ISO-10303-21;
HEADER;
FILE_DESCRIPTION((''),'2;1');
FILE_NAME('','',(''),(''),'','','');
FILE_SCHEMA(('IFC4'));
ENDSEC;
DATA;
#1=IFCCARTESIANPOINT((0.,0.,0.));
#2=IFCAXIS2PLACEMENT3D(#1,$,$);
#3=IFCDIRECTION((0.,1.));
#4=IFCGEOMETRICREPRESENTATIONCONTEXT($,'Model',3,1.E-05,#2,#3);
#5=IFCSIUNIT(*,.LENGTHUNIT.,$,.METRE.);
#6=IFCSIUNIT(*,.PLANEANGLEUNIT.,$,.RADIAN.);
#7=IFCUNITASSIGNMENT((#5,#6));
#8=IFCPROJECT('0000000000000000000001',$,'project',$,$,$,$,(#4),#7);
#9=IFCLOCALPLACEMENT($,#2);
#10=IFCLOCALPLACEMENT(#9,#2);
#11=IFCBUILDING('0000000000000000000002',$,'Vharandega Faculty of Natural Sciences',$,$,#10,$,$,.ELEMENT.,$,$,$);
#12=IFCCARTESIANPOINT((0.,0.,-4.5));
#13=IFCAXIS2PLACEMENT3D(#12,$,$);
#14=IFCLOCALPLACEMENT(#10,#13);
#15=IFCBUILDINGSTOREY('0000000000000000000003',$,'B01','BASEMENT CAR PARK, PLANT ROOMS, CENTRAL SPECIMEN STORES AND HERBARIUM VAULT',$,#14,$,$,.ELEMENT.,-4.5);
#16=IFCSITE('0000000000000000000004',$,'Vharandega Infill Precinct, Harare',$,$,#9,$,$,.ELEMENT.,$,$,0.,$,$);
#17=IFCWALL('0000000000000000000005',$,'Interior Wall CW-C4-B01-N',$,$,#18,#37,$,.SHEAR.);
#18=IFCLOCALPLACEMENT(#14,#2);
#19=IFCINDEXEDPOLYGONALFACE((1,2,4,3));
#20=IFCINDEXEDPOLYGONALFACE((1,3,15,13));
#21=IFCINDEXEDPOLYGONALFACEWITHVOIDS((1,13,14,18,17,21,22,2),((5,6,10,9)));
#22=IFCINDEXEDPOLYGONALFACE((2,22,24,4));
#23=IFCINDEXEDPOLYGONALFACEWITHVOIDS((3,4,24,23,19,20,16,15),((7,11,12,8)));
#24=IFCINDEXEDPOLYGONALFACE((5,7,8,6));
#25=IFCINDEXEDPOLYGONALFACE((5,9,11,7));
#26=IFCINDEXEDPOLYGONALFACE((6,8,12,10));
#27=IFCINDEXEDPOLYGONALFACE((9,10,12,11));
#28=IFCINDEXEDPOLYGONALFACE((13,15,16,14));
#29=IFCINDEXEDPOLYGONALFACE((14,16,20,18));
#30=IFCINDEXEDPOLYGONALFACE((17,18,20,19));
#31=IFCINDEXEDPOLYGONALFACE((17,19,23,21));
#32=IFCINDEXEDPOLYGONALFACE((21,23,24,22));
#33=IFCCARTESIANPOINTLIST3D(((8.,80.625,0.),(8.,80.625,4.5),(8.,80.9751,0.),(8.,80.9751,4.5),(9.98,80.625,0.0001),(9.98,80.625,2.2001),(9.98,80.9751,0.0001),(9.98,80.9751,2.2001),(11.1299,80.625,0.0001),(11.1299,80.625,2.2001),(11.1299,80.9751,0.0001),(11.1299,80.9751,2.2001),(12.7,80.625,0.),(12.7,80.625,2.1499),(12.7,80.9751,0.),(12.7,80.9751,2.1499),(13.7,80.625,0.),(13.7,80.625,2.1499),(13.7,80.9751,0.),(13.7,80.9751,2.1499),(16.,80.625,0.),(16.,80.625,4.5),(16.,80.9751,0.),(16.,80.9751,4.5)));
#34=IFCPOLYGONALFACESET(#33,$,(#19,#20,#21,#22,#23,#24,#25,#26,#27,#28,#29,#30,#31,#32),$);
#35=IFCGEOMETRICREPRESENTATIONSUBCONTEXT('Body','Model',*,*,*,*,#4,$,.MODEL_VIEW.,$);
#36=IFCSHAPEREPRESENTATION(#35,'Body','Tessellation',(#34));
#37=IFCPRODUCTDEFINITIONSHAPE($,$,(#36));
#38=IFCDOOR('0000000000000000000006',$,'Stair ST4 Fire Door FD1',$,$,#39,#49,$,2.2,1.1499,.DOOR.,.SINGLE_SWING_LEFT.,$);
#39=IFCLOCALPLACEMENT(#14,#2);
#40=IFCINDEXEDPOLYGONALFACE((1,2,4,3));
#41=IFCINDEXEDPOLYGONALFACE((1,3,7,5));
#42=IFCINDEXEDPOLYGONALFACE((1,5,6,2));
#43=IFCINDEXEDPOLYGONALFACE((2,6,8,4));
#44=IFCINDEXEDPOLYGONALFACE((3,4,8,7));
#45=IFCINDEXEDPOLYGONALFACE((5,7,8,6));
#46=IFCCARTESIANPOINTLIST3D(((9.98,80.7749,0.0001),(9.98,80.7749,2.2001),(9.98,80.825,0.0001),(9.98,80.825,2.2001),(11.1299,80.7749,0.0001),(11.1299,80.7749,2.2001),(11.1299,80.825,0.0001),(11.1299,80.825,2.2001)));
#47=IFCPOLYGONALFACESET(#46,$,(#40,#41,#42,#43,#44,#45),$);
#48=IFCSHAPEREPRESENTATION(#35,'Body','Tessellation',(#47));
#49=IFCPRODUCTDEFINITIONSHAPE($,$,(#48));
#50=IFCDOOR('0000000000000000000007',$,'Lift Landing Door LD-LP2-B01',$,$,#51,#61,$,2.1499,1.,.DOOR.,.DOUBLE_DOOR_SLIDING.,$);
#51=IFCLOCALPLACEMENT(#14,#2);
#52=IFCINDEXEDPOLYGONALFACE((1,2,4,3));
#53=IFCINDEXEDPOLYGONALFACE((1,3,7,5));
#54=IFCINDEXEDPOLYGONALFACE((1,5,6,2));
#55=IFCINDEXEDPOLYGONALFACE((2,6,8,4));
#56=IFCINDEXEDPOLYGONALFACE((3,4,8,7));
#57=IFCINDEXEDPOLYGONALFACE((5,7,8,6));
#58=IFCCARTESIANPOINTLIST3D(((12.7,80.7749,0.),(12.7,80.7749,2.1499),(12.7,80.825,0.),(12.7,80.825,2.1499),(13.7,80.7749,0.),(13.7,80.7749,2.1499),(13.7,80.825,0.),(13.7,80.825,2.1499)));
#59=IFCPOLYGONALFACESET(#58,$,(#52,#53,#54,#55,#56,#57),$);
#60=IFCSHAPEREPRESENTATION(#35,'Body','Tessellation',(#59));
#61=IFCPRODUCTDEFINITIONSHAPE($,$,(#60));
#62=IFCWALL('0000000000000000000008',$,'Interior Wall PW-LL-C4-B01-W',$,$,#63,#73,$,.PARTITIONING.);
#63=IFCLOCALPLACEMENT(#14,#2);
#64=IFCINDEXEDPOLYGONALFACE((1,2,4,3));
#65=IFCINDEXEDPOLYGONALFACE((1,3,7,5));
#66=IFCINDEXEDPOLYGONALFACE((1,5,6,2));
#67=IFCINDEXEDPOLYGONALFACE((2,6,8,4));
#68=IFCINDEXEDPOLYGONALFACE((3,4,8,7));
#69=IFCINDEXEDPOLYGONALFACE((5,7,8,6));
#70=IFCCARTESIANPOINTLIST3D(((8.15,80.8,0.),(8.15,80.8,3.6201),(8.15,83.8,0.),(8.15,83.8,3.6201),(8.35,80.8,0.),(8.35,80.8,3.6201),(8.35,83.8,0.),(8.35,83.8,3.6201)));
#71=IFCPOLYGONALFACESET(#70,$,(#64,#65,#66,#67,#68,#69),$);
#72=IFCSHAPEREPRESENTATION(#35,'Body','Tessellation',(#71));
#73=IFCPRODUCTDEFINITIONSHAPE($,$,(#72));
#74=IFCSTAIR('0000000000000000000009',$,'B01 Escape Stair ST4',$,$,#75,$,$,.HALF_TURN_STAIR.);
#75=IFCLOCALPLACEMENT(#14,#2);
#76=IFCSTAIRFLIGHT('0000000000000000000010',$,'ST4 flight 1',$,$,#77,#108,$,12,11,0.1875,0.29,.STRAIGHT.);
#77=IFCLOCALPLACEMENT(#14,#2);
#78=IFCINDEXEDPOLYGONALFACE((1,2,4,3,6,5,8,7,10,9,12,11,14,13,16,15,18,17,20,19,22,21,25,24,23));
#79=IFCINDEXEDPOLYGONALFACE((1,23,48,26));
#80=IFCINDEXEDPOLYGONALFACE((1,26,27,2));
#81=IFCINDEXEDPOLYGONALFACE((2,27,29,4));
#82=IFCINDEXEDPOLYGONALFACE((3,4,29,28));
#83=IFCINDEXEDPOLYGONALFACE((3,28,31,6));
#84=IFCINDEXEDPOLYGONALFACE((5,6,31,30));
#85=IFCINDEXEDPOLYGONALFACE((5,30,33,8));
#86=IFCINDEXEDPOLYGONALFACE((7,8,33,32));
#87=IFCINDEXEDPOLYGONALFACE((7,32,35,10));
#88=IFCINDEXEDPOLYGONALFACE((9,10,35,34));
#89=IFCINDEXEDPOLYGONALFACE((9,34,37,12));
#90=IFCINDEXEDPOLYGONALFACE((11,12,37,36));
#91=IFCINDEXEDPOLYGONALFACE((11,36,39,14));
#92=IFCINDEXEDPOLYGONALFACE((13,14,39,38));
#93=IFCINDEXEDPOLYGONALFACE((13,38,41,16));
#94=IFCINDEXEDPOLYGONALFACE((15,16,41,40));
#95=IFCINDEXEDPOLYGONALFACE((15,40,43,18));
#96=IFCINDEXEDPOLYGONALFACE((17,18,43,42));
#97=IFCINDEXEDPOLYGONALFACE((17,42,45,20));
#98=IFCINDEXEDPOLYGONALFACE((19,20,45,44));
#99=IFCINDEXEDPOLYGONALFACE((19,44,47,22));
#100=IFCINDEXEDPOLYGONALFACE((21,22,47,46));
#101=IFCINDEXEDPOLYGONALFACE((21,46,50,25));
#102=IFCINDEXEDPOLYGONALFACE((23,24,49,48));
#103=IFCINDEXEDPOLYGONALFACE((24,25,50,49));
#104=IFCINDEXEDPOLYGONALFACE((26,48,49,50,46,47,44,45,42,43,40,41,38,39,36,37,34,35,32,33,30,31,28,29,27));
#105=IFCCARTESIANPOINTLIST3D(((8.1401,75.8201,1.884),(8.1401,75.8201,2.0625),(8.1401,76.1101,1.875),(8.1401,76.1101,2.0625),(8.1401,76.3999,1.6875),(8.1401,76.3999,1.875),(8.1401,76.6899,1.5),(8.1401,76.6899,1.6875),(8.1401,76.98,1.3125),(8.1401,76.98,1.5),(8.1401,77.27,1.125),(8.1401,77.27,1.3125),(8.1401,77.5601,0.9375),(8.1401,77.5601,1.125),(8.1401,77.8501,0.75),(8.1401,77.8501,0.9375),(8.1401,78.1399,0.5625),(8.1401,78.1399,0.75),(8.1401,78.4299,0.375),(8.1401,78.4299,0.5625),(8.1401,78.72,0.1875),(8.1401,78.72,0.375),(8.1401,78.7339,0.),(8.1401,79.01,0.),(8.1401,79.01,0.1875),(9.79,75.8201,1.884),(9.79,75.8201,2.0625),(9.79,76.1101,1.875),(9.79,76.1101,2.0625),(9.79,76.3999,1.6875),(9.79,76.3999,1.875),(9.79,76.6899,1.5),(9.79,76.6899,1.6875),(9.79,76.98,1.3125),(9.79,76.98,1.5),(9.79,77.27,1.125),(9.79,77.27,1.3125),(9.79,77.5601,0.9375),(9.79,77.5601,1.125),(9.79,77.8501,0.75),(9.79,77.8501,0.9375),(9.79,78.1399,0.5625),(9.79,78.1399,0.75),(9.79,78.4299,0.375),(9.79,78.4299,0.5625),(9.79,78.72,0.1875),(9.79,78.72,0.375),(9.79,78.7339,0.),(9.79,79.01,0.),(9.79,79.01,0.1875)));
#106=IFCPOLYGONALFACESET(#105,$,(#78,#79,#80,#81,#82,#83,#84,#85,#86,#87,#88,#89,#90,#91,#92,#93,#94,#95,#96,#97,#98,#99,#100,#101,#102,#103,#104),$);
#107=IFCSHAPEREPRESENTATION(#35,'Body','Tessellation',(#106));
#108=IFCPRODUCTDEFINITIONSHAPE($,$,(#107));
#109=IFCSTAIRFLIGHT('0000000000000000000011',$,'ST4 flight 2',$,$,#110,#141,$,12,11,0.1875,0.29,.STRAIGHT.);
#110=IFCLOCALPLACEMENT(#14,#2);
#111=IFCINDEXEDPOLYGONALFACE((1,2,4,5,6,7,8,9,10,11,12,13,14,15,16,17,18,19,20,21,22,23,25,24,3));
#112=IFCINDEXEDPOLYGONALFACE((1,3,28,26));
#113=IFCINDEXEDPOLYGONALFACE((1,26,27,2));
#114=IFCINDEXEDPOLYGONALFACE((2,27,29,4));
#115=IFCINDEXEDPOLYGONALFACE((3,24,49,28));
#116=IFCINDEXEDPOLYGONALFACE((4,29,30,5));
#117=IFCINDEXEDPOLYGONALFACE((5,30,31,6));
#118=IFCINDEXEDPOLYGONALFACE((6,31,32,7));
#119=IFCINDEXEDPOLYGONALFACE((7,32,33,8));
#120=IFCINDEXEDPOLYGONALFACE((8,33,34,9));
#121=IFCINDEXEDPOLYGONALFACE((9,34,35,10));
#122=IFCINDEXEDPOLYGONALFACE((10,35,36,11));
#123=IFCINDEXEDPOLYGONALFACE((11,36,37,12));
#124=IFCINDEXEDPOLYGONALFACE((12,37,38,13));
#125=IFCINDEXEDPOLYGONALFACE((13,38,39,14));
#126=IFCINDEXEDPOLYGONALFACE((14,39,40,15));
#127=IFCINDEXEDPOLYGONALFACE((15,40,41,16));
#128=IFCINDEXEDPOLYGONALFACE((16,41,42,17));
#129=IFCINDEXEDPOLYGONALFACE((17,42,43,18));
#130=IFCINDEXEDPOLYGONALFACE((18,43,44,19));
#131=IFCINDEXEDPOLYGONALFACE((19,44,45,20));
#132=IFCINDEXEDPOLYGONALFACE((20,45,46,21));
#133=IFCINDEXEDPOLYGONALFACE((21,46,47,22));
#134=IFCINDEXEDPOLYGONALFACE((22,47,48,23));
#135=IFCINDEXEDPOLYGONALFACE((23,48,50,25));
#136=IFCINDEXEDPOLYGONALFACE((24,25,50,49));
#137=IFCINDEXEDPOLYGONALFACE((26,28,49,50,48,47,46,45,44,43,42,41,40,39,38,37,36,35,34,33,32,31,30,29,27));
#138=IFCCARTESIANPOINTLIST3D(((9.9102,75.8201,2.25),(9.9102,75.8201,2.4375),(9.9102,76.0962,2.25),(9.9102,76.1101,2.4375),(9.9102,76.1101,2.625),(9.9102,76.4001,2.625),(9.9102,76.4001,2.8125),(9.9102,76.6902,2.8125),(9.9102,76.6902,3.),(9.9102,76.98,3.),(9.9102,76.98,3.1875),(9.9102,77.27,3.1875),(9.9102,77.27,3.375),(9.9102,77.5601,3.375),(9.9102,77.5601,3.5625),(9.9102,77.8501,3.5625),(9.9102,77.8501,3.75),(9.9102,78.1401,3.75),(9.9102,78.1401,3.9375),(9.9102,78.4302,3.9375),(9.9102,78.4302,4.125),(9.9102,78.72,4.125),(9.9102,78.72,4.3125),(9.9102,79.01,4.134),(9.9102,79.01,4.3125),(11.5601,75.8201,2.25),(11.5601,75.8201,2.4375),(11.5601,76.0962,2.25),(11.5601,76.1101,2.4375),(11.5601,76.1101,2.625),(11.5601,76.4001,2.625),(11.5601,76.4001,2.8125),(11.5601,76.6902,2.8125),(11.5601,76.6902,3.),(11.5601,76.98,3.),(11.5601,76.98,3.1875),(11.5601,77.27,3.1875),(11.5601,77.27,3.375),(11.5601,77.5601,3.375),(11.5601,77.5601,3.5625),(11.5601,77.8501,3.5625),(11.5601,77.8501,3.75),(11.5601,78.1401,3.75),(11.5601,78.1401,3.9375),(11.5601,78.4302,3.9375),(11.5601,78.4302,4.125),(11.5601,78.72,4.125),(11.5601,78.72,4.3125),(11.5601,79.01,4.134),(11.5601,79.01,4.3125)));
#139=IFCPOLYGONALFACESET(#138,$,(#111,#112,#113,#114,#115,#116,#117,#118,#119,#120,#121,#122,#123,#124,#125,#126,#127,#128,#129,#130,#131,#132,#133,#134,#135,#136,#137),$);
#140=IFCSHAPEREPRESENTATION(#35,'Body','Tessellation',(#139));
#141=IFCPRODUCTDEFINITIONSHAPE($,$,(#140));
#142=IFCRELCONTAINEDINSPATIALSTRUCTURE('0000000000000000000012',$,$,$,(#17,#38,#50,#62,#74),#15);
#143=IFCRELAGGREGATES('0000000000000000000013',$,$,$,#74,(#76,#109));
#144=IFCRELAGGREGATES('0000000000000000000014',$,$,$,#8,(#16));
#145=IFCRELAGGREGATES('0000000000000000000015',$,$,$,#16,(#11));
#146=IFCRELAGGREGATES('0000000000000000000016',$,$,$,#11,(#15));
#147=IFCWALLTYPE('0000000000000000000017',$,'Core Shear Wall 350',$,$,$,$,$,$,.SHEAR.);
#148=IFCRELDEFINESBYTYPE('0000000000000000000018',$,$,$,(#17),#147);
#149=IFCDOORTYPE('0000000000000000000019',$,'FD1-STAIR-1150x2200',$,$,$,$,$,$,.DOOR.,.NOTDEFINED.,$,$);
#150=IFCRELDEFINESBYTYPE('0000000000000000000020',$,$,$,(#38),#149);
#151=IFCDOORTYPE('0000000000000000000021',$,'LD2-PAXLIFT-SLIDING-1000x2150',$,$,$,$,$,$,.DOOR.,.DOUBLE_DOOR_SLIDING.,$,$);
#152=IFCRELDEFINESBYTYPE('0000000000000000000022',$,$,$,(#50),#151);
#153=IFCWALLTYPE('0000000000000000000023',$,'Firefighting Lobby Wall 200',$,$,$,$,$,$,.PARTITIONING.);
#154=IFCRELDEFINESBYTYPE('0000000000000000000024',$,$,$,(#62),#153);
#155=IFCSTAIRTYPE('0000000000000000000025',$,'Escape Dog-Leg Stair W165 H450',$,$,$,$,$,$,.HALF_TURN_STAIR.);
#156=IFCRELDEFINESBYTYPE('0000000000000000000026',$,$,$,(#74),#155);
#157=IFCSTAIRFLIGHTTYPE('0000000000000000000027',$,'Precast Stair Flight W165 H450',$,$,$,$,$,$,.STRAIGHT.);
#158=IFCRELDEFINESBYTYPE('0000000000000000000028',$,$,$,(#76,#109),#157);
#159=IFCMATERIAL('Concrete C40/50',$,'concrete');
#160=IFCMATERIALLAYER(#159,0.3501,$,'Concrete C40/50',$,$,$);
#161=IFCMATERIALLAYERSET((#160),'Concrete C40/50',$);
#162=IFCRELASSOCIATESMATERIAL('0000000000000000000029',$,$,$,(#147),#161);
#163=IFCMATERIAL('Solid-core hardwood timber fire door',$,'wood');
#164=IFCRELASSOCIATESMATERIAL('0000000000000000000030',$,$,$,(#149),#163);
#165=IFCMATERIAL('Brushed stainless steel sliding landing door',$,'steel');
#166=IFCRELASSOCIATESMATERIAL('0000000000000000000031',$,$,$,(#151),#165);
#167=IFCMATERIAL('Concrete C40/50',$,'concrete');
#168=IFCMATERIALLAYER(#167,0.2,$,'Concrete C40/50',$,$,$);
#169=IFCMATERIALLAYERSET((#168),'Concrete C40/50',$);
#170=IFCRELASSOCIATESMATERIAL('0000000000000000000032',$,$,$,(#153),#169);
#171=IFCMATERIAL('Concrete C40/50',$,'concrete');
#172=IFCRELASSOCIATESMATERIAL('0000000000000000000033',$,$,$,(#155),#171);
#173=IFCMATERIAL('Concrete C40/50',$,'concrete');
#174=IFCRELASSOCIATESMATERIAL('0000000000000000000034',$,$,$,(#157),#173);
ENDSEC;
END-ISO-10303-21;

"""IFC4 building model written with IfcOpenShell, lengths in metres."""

from ifc_helpers import new_model, si_unit, direction, frame, frame_2d, origin, place, context, subcontext, project, spatial, polyline, rectangle, outline, extrude, material, layer, layer_set, type_object, element, fill, aggregate, save


model = new_model("IFC4")

# Units and contexts
model_context = context("Model", 3, precision=1e-05, world=origin(), true_north=direction((0.0, 1.0)))
body_context = subcontext(model_context, "Body", "Model", "MODEL_VIEW")
ifc_project = project(units=[si_unit("LENGTHUNIT", "METRE"), si_unit("PLANEANGLEUNIT", "RADIAN")], contexts=[model_context])

# Site, building, storey
site_placement = place(None, origin())
site = spatial("IfcSite", under=ifc_project, at=site_placement, Name="Vharandega Infill Precinct, Harare", CompositionType="ELEMENT", RefElevation=0.0)
building_placement = place(site_placement, origin())
building = spatial("IfcBuilding", under=site, at=building_placement, Name="Vharandega Faculty of Natural Sciences", CompositionType="ELEMENT")
storey_placement = place(building_placement, frame((0.0, 0.0, -4.5)))
storey = spatial("IfcBuildingStorey", under=building, at=storey_placement, Name="B01", Description="BASEMENT CAR PARK, PLANT ROOMS, CENTRAL SPECIMEN STORES AND HERBARIUM VAULT", CompositionType="ELEMENT", Elevation=-4.5)

# Wall, openings, doors
ifc_material_1 = material(Name="Concrete C40/50", Category="concrete")
ifc_layer_1 = layer(ifc_material_1, 0.3501, Name="Concrete C40/50")
ifc_layer_set_1 = layer_set([ifc_layer_1], Name="Concrete C40/50")
wall_type_1 = type_object("IfcWallType", Name="Core Shear Wall 350", PredefinedType="SHEAR", material=ifc_layer_set_1)
wall_1_placement = place(storey_placement, frame((8.0, 80.8, 0.0), z_axis=(0.0, 0.0, 1.0), x_axis=(1.0, 0.0, 0.0)))
wall_1 = element("IfcWall", 1, at=wall_1_placement, inside=storey, type_object=wall_type_1, Name="Interior Wall CW-C4-B01-N", PredefinedType="SHEAR", context=body_context, shape_type="SweptSolid", body=[
    extrude(rectangle(XDim=8.0, YDim=0.3501, at=frame_2d((4.0, 0.0))), origin(), (0.0, 0.0, 1.0), 4.5),
])
opening_1_placement = place(wall_1_placement, frame((1.98, 0.0, 0.0)))
opening_1 = element("IfcOpeningElement", 2, at=opening_1_placement, cuts=wall_1, PredefinedType="OPENING", context=body_context, shape_type="SweptSolid", body=[
    extrude(rectangle(XDim=1.1499, YDim=2.2, at=frame_2d((0.575, 1.1001))), frame((0.0, 0.1851, 0.0), z_axis=(0.0, -1.0, 0.0), x_axis=(1.0, 0.0, 0.0)), (0.0, 0.0, 1.0), 0.3701),
])
opening_2_placement = place(wall_1_placement, frame((4.7, 0.0, 0.0)))
opening_2 = element("IfcOpeningElement", 3, at=opening_2_placement, cuts=wall_1, PredefinedType="OPENING", context=body_context, shape_type="SweptSolid", body=[
    extrude(rectangle(XDim=1.0, YDim=2.1499, at=frame_2d((0.5, 1.075))), frame((0.0, 0.1851, 0.0), z_axis=(0.0, -1.0, 0.0), x_axis=(1.0, 0.0, 0.0)), (0.0, 0.0, 1.0), 0.3701),
])
ifc_material_2 = material(Name="Solid-core hardwood timber fire door", Category="wood")
door_type_1 = type_object("IfcDoorType", Name="FD1-STAIR-1150x2200", OperationType="NOTDEFINED", PredefinedType="DOOR", material=ifc_material_2)
door_1_placement = place(opening_1_placement, origin())
door_1 = element("IfcDoor", 4, at=door_1_placement, inside=storey, type_object=door_type_1, Name="Stair ST4 Fire Door FD1", OperationType="SINGLE_SWING_LEFT", OverallHeight=2.2, OverallWidth=1.1499, PredefinedType="DOOR", context=body_context, shape_type="SweptSolid", body=[
    extrude(rectangle(XDim=1.1499, YDim=2.2, at=frame_2d((0.575, 1.1001))), frame((0.0, 0.0249, 0.0), z_axis=(0.0, -1.0, 0.0), x_axis=(1.0, 0.0, 0.0)), (0.0, 0.0, 1.0), 0.05),
])
fill(opening_1, door_1)
ifc_material_3 = material(Name="Brushed stainless steel sliding landing door", Category="steel")
door_type_2 = type_object("IfcDoorType", Name="LD2-PAXLIFT-SLIDING-1000x2150", OperationType="DOUBLE_DOOR_SLIDING", PredefinedType="DOOR", material=ifc_material_3)
door_2_placement = place(opening_2_placement, origin())
door_2 = element("IfcDoor", 5, at=door_2_placement, inside=storey, type_object=door_type_2, Name="Lift Landing Door LD-LP2-B01", OperationType="DOUBLE_DOOR_SLIDING", OverallHeight=2.1499, OverallWidth=1.0, PredefinedType="DOOR", context=body_context, shape_type="SweptSolid", body=[
    extrude(rectangle(XDim=1.0, YDim=2.1499, at=frame_2d((0.5, 1.075))), frame((0.0, 0.0249, 0.0), z_axis=(0.0, -1.0, 0.0), x_axis=(1.0, 0.0, 0.0)), (0.0, 0.0, 1.0), 0.05),
])
fill(opening_2, door_2)

# Wall
ifc_material_4 = material(Name="Concrete C40/50", Category="concrete")
ifc_layer_2 = layer(ifc_material_4, 0.2, Name="Concrete C40/50")
ifc_layer_set_2 = layer_set([ifc_layer_2], Name="Concrete C40/50")
wall_type_2 = type_object("IfcWallType", Name="Firefighting Lobby Wall 200", PredefinedType="PARTITIONING", material=ifc_layer_set_2)
wall_2_placement = place(storey_placement, frame((8.25, 80.8, 0.0), z_axis=(0.0, 0.0, 1.0), x_axis=(0.0, 1.0, 0.0)))
element("IfcWall", 6, at=wall_2_placement, inside=storey, type_object=wall_type_2, Name="Interior Wall PW-LL-C4-B01-W", PredefinedType="PARTITIONING", context=body_context, shape_type="SweptSolid", body=[
    extrude(rectangle(XDim=3.0, YDim=0.2, at=frame_2d((1.5, 0.0))), origin(), (0.0, 0.0, 1.0), 3.6201),
])

# Stair, stair flights
ifc_material_5 = material(Name="Concrete C40/50", Category="concrete")
stair_type = type_object("IfcStairType", Name="Escape Dog-Leg Stair W165 H450", PredefinedType="HALF_TURN_STAIR", material=ifc_material_5)
stair_placement = place(storey_placement, origin())
stair = element("IfcStair", 7, at=stair_placement, inside=storey, type_object=stair_type, Name="B01 Escape Stair ST4", PredefinedType="HALF_TURN_STAIR")
ifc_material_6 = material(Name="Concrete C40/50", Category="concrete")
stair_flight_type = type_object("IfcStairFlightType", Name="Precast Stair Flight W165 H450", PredefinedType="STRAIGHT", material=ifc_material_6)
stair_flight_1_placement = place(storey_placement, frame((8.9651, 79.01, 0.0), z_axis=(0.0, 0.0, 1.0), x_axis=(0.0, -1.0, 0.0)))
stair_flight_1 = element("IfcStairFlight", 8, at=stair_flight_1_placement, type_object=stair_flight_type, Name="ST4 flight 1", NumberOfRisers=12, NumberOfTreads=11, PredefinedType="STRAIGHT", RiserHeight=0.1875, TreadLength=0.29, context=body_context, shape_type="SweptSolid", body=[
    extrude(outline(polyline([(0.0, 0.0), (0.0, 0.1875), (0.29, 0.1875), (0.29, 0.375), (0.5801, 0.375), (0.5801, 0.5625), (0.8701, 0.5625), (0.8701, 0.75), (1.1599, 0.75), (1.1599, 0.9375), (1.45, 0.9375), (1.45, 1.125), (1.74, 1.125), (1.74, 1.3125), (2.03, 1.3125), (2.03, 1.5), (2.3201, 1.5), (2.3201, 1.6875), (2.6101, 1.6875), (2.6101, 1.875), (2.8999, 1.875), (2.8999, 2.0625), (3.1899, 2.0625), (3.1899, 2.25), (3.1899, 1.884), (0.2761, 0.0), (0.0, 0.0)])), frame((0.0, 0.825, 0.0), z_axis=(0.0, -1.0, 0.0), x_axis=(1.0, 0.0, 0.0)), (0.0, 0.0, 1.0), 1.6499),
])
stair_flight_2_placement = place(storey_placement, frame((10.7351, 75.8201, 2.25), z_axis=(0.0, 0.0, 1.0), x_axis=(0.0, 1.0, 0.0)))
stair_flight_2 = element("IfcStairFlight", 9, at=stair_flight_2_placement, type_object=stair_flight_type, Name="ST4 flight 2", NumberOfRisers=12, NumberOfTreads=11, PredefinedType="STRAIGHT", RiserHeight=0.1875, TreadLength=0.29, context=body_context, shape_type="SweptSolid", body=[
    extrude(outline(polyline([(0.0, 0.0), (0.0, 0.1875), (0.29, 0.1875), (0.29, 0.375), (0.5801, 0.375), (0.5801, 0.5625), (0.8701, 0.5625), (0.8701, 0.75), (1.1599, 0.75), (1.1599, 0.9375), (1.45, 0.9375), (1.45, 1.125), (1.74, 1.125), (1.74, 1.3125), (2.03, 1.3125), (2.03, 1.5), (2.3201, 1.5), (2.3201, 1.6875), (2.6101, 1.6875), (2.6101, 1.875), (2.8999, 1.875), (2.8999, 2.0625), (3.1899, 2.0625), (3.1899, 2.25), (3.1899, 1.884), (0.2761, 0.0), (0.0, 0.0)])), frame((0.0, 0.825, 0.0), z_axis=(0.0, -1.0, 0.0), x_axis=(1.0, 0.0, 0.0)), (0.0, 0.0, 1.0), 1.6499),
])
aggregate(stair, [stair_flight_1, stair_flight_2])

save(model, "model.ifc")
